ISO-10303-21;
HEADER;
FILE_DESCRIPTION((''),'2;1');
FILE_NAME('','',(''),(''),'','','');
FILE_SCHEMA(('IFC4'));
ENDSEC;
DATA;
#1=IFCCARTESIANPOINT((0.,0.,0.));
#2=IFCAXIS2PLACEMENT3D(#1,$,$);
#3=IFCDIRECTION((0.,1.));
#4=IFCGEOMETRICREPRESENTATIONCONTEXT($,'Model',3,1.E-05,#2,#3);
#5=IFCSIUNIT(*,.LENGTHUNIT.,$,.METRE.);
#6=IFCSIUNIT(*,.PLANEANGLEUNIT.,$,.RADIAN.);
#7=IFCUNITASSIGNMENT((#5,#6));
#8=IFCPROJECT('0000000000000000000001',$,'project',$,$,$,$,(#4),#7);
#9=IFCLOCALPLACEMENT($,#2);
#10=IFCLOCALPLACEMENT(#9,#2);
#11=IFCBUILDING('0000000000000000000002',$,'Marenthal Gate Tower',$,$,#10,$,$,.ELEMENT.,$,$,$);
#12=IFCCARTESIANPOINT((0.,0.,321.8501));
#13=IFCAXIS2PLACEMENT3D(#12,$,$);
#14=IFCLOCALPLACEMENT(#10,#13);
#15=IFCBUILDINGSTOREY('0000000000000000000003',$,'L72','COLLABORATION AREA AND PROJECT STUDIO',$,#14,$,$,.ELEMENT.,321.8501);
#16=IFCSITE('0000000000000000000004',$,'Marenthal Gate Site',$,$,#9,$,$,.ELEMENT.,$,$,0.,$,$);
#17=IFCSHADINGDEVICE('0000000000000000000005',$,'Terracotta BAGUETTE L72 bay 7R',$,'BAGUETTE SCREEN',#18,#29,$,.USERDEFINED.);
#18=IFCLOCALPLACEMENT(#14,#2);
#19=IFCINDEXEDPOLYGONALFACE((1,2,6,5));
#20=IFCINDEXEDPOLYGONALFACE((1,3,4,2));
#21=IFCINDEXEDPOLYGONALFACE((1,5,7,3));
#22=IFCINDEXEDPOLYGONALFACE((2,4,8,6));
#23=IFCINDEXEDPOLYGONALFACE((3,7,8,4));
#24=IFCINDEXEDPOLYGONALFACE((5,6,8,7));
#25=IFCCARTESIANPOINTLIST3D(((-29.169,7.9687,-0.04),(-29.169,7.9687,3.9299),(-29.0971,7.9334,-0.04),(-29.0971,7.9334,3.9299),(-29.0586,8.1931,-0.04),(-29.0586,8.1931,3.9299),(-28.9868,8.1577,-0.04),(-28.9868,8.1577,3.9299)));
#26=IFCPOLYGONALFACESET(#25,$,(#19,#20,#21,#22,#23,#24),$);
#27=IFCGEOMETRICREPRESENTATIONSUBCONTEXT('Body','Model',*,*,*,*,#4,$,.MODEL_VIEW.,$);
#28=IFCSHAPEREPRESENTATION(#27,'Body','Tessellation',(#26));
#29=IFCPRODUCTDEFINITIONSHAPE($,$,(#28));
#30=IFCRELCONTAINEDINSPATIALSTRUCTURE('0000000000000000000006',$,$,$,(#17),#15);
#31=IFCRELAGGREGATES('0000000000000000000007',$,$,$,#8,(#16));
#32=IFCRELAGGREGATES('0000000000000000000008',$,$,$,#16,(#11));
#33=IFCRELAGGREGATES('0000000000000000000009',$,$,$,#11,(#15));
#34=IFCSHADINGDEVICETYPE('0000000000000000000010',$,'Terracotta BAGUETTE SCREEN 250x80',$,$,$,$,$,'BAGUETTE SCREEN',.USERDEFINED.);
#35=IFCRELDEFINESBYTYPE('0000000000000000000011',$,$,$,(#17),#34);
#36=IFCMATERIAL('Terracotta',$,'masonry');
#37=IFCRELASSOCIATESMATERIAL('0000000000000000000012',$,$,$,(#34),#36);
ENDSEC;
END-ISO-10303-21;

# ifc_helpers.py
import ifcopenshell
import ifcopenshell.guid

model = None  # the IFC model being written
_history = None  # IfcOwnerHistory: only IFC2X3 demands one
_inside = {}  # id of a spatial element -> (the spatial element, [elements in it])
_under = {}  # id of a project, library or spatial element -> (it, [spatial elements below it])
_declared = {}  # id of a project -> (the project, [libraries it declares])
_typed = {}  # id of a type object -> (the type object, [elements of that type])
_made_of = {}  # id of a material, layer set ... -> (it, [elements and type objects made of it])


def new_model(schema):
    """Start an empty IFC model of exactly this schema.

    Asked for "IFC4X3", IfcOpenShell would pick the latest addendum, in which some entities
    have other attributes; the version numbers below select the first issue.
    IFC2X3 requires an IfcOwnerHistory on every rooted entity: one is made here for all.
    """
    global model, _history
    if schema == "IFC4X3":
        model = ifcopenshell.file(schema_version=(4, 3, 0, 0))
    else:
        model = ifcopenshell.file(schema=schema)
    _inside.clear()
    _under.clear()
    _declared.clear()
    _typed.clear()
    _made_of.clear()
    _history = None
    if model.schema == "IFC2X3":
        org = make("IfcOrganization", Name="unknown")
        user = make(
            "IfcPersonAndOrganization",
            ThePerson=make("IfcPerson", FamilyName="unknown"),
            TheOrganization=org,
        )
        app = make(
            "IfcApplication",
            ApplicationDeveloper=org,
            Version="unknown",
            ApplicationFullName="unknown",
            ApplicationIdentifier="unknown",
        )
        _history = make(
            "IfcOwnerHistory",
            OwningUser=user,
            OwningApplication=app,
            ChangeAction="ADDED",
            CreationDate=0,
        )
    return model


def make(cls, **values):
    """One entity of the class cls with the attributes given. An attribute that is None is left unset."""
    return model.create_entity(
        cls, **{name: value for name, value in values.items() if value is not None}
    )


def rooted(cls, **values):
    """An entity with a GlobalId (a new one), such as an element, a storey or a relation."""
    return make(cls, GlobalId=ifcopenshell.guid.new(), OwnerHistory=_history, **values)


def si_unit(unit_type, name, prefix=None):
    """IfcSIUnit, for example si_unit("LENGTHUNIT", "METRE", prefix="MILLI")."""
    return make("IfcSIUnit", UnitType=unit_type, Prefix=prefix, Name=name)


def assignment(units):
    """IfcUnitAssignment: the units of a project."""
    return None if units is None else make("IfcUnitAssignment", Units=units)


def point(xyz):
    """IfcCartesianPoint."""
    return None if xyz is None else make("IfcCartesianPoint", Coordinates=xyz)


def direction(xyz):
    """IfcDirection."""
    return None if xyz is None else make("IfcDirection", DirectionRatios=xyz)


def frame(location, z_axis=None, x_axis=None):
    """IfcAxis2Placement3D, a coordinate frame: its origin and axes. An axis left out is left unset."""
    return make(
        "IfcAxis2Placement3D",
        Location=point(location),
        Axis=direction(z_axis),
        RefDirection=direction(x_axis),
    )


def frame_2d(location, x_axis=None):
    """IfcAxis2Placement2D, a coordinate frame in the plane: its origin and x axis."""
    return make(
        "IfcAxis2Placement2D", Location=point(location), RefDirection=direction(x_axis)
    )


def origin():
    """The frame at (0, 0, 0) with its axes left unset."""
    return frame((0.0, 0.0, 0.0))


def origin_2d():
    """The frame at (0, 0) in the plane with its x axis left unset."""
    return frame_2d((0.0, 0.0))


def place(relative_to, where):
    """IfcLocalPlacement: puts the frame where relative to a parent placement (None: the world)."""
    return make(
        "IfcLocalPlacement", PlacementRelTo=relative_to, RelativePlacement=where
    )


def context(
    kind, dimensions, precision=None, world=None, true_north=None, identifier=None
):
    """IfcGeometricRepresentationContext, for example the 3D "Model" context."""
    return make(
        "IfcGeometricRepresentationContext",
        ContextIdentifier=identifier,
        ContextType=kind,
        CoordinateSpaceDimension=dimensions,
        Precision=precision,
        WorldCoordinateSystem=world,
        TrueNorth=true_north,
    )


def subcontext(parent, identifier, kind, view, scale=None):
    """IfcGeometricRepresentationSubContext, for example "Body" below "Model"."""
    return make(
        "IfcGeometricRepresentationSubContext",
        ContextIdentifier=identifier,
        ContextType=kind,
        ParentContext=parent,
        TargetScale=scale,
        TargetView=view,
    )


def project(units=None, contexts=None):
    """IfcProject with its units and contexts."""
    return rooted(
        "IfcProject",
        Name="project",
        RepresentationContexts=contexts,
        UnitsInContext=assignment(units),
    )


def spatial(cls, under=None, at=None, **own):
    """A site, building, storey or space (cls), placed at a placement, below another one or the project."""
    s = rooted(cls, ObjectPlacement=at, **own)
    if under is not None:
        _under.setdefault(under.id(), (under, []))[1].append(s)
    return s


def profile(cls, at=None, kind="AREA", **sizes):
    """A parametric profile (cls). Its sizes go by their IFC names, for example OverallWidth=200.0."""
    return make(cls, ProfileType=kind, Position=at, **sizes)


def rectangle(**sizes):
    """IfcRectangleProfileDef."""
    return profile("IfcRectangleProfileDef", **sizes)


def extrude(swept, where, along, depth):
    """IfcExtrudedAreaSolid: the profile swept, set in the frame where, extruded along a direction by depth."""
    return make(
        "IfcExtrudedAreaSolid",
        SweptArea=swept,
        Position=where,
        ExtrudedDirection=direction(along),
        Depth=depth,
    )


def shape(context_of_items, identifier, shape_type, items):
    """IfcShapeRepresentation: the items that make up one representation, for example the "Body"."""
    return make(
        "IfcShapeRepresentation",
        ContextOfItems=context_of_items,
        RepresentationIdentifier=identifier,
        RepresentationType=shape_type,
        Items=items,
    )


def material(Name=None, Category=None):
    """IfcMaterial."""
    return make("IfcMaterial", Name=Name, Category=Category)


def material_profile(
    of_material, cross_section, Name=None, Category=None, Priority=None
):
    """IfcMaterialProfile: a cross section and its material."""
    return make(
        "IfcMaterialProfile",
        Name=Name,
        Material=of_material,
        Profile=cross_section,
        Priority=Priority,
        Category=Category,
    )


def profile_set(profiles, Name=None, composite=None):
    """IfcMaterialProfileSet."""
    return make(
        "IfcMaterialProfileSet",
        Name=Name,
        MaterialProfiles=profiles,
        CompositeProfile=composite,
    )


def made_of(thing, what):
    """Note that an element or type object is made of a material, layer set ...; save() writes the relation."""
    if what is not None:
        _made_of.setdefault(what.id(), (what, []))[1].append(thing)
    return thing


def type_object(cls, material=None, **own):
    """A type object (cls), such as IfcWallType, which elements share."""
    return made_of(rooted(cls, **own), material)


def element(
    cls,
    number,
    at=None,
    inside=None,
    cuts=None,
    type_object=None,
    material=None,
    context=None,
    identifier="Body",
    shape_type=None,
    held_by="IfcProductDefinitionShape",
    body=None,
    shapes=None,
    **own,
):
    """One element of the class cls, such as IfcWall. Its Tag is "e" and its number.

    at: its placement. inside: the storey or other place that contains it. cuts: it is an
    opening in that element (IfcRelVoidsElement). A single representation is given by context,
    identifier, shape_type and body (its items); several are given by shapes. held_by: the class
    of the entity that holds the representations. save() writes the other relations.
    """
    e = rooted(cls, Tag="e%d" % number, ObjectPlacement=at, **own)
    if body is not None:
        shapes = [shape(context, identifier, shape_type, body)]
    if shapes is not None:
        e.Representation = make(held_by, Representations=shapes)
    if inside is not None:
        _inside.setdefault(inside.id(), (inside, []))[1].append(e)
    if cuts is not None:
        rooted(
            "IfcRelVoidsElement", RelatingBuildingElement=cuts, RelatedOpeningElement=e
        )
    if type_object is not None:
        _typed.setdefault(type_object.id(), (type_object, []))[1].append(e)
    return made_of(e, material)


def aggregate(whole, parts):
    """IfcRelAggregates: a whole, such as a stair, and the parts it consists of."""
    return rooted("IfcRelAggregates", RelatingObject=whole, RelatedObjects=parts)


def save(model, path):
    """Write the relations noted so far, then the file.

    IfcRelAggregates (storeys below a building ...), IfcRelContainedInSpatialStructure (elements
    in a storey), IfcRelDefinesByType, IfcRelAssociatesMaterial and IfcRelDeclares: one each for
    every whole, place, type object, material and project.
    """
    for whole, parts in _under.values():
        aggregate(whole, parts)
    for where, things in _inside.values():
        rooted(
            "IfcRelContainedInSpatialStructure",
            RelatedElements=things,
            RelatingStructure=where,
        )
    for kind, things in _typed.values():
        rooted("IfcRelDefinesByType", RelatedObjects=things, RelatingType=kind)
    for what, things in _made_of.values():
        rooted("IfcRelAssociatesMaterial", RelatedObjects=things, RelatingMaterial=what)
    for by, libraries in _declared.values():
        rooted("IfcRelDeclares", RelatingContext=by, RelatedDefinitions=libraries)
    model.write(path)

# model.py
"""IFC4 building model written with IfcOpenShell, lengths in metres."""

from ifc_helpers import new_model, si_unit, direction, frame, origin, origin_2d, place, context, subcontext, project, spatial, rectangle, extrude, material, material_profile, profile_set, type_object, element, save


model = new_model("IFC4")

# Units and contexts
model_context = context("Model", 3, precision=1e-05, world=origin(), true_north=direction((0.0, 1.0)))
body_context = subcontext(model_context, "Body", "Model", "MODEL_VIEW")
ifc_project = project(units=[si_unit("LENGTHUNIT", "METRE"), si_unit("PLANEANGLEUNIT", "RADIAN")], contexts=[model_context])

# Site, building, storey
site_placement = place(None, origin())
site = spatial("IfcSite", under=ifc_project, at=site_placement, Name="Marenthal Gate Site", CompositionType="ELEMENT", RefElevation=0.0)
building_placement = place(site_placement, origin())
building = spatial("IfcBuilding", under=site, at=building_placement, Name="Marenthal Gate Tower", CompositionType="ELEMENT")
storey_placement = place(building_placement, frame((0.0, 0.0, 321.8501)))
storey = spatial("IfcBuildingStorey", under=building, at=storey_placement, Name="L72", Description="COLLABORATION AREA AND PROJECT STUDIO", CompositionType="ELEMENT", Elevation=321.8501)

# Shading device
ifc_material_1 = material(Name="Terracotta", Category="masonry")
ifc_material_profile_1 = material_profile(ifc_material_1, rectangle(XDim=0.25, YDim=0.0801, at=origin_2d()), Name="Terracotta baguette 250x80")
ifc_profile_set_1 = profile_set([ifc_material_profile_1], Name="Terracotta")
shading_device_type = type_object("IfcShadingDeviceType", Name="Terracotta BAGUETTE SCREEN 250x80", ElementType="BAGUETTE SCREEN", PredefinedType="USERDEFINED", material=ifc_profile_set_1)
shading_device_placement = place(storey_placement, frame((-29.0779, 8.0632, -0.04), z_axis=(0.0, 0.0, 1.0), x_axis=(-0.441395, -0.897313, 0.0)))
element("IfcShadingDevice", 1, at=shading_device_placement, inside=storey, type_object=shading_device_type, Name="Terracotta BAGUETTE L72 bay 7R", ObjectType="BAGUETTE SCREEN", PredefinedType="USERDEFINED", context=body_context, shape_type="SweptSolid", body=[
    extrude(rectangle(XDim=0.25, YDim=0.0801, at=origin_2d()), origin(), (0.0, 0.0, 1.0), 3.97),
])

save(model, "model.ifc")
